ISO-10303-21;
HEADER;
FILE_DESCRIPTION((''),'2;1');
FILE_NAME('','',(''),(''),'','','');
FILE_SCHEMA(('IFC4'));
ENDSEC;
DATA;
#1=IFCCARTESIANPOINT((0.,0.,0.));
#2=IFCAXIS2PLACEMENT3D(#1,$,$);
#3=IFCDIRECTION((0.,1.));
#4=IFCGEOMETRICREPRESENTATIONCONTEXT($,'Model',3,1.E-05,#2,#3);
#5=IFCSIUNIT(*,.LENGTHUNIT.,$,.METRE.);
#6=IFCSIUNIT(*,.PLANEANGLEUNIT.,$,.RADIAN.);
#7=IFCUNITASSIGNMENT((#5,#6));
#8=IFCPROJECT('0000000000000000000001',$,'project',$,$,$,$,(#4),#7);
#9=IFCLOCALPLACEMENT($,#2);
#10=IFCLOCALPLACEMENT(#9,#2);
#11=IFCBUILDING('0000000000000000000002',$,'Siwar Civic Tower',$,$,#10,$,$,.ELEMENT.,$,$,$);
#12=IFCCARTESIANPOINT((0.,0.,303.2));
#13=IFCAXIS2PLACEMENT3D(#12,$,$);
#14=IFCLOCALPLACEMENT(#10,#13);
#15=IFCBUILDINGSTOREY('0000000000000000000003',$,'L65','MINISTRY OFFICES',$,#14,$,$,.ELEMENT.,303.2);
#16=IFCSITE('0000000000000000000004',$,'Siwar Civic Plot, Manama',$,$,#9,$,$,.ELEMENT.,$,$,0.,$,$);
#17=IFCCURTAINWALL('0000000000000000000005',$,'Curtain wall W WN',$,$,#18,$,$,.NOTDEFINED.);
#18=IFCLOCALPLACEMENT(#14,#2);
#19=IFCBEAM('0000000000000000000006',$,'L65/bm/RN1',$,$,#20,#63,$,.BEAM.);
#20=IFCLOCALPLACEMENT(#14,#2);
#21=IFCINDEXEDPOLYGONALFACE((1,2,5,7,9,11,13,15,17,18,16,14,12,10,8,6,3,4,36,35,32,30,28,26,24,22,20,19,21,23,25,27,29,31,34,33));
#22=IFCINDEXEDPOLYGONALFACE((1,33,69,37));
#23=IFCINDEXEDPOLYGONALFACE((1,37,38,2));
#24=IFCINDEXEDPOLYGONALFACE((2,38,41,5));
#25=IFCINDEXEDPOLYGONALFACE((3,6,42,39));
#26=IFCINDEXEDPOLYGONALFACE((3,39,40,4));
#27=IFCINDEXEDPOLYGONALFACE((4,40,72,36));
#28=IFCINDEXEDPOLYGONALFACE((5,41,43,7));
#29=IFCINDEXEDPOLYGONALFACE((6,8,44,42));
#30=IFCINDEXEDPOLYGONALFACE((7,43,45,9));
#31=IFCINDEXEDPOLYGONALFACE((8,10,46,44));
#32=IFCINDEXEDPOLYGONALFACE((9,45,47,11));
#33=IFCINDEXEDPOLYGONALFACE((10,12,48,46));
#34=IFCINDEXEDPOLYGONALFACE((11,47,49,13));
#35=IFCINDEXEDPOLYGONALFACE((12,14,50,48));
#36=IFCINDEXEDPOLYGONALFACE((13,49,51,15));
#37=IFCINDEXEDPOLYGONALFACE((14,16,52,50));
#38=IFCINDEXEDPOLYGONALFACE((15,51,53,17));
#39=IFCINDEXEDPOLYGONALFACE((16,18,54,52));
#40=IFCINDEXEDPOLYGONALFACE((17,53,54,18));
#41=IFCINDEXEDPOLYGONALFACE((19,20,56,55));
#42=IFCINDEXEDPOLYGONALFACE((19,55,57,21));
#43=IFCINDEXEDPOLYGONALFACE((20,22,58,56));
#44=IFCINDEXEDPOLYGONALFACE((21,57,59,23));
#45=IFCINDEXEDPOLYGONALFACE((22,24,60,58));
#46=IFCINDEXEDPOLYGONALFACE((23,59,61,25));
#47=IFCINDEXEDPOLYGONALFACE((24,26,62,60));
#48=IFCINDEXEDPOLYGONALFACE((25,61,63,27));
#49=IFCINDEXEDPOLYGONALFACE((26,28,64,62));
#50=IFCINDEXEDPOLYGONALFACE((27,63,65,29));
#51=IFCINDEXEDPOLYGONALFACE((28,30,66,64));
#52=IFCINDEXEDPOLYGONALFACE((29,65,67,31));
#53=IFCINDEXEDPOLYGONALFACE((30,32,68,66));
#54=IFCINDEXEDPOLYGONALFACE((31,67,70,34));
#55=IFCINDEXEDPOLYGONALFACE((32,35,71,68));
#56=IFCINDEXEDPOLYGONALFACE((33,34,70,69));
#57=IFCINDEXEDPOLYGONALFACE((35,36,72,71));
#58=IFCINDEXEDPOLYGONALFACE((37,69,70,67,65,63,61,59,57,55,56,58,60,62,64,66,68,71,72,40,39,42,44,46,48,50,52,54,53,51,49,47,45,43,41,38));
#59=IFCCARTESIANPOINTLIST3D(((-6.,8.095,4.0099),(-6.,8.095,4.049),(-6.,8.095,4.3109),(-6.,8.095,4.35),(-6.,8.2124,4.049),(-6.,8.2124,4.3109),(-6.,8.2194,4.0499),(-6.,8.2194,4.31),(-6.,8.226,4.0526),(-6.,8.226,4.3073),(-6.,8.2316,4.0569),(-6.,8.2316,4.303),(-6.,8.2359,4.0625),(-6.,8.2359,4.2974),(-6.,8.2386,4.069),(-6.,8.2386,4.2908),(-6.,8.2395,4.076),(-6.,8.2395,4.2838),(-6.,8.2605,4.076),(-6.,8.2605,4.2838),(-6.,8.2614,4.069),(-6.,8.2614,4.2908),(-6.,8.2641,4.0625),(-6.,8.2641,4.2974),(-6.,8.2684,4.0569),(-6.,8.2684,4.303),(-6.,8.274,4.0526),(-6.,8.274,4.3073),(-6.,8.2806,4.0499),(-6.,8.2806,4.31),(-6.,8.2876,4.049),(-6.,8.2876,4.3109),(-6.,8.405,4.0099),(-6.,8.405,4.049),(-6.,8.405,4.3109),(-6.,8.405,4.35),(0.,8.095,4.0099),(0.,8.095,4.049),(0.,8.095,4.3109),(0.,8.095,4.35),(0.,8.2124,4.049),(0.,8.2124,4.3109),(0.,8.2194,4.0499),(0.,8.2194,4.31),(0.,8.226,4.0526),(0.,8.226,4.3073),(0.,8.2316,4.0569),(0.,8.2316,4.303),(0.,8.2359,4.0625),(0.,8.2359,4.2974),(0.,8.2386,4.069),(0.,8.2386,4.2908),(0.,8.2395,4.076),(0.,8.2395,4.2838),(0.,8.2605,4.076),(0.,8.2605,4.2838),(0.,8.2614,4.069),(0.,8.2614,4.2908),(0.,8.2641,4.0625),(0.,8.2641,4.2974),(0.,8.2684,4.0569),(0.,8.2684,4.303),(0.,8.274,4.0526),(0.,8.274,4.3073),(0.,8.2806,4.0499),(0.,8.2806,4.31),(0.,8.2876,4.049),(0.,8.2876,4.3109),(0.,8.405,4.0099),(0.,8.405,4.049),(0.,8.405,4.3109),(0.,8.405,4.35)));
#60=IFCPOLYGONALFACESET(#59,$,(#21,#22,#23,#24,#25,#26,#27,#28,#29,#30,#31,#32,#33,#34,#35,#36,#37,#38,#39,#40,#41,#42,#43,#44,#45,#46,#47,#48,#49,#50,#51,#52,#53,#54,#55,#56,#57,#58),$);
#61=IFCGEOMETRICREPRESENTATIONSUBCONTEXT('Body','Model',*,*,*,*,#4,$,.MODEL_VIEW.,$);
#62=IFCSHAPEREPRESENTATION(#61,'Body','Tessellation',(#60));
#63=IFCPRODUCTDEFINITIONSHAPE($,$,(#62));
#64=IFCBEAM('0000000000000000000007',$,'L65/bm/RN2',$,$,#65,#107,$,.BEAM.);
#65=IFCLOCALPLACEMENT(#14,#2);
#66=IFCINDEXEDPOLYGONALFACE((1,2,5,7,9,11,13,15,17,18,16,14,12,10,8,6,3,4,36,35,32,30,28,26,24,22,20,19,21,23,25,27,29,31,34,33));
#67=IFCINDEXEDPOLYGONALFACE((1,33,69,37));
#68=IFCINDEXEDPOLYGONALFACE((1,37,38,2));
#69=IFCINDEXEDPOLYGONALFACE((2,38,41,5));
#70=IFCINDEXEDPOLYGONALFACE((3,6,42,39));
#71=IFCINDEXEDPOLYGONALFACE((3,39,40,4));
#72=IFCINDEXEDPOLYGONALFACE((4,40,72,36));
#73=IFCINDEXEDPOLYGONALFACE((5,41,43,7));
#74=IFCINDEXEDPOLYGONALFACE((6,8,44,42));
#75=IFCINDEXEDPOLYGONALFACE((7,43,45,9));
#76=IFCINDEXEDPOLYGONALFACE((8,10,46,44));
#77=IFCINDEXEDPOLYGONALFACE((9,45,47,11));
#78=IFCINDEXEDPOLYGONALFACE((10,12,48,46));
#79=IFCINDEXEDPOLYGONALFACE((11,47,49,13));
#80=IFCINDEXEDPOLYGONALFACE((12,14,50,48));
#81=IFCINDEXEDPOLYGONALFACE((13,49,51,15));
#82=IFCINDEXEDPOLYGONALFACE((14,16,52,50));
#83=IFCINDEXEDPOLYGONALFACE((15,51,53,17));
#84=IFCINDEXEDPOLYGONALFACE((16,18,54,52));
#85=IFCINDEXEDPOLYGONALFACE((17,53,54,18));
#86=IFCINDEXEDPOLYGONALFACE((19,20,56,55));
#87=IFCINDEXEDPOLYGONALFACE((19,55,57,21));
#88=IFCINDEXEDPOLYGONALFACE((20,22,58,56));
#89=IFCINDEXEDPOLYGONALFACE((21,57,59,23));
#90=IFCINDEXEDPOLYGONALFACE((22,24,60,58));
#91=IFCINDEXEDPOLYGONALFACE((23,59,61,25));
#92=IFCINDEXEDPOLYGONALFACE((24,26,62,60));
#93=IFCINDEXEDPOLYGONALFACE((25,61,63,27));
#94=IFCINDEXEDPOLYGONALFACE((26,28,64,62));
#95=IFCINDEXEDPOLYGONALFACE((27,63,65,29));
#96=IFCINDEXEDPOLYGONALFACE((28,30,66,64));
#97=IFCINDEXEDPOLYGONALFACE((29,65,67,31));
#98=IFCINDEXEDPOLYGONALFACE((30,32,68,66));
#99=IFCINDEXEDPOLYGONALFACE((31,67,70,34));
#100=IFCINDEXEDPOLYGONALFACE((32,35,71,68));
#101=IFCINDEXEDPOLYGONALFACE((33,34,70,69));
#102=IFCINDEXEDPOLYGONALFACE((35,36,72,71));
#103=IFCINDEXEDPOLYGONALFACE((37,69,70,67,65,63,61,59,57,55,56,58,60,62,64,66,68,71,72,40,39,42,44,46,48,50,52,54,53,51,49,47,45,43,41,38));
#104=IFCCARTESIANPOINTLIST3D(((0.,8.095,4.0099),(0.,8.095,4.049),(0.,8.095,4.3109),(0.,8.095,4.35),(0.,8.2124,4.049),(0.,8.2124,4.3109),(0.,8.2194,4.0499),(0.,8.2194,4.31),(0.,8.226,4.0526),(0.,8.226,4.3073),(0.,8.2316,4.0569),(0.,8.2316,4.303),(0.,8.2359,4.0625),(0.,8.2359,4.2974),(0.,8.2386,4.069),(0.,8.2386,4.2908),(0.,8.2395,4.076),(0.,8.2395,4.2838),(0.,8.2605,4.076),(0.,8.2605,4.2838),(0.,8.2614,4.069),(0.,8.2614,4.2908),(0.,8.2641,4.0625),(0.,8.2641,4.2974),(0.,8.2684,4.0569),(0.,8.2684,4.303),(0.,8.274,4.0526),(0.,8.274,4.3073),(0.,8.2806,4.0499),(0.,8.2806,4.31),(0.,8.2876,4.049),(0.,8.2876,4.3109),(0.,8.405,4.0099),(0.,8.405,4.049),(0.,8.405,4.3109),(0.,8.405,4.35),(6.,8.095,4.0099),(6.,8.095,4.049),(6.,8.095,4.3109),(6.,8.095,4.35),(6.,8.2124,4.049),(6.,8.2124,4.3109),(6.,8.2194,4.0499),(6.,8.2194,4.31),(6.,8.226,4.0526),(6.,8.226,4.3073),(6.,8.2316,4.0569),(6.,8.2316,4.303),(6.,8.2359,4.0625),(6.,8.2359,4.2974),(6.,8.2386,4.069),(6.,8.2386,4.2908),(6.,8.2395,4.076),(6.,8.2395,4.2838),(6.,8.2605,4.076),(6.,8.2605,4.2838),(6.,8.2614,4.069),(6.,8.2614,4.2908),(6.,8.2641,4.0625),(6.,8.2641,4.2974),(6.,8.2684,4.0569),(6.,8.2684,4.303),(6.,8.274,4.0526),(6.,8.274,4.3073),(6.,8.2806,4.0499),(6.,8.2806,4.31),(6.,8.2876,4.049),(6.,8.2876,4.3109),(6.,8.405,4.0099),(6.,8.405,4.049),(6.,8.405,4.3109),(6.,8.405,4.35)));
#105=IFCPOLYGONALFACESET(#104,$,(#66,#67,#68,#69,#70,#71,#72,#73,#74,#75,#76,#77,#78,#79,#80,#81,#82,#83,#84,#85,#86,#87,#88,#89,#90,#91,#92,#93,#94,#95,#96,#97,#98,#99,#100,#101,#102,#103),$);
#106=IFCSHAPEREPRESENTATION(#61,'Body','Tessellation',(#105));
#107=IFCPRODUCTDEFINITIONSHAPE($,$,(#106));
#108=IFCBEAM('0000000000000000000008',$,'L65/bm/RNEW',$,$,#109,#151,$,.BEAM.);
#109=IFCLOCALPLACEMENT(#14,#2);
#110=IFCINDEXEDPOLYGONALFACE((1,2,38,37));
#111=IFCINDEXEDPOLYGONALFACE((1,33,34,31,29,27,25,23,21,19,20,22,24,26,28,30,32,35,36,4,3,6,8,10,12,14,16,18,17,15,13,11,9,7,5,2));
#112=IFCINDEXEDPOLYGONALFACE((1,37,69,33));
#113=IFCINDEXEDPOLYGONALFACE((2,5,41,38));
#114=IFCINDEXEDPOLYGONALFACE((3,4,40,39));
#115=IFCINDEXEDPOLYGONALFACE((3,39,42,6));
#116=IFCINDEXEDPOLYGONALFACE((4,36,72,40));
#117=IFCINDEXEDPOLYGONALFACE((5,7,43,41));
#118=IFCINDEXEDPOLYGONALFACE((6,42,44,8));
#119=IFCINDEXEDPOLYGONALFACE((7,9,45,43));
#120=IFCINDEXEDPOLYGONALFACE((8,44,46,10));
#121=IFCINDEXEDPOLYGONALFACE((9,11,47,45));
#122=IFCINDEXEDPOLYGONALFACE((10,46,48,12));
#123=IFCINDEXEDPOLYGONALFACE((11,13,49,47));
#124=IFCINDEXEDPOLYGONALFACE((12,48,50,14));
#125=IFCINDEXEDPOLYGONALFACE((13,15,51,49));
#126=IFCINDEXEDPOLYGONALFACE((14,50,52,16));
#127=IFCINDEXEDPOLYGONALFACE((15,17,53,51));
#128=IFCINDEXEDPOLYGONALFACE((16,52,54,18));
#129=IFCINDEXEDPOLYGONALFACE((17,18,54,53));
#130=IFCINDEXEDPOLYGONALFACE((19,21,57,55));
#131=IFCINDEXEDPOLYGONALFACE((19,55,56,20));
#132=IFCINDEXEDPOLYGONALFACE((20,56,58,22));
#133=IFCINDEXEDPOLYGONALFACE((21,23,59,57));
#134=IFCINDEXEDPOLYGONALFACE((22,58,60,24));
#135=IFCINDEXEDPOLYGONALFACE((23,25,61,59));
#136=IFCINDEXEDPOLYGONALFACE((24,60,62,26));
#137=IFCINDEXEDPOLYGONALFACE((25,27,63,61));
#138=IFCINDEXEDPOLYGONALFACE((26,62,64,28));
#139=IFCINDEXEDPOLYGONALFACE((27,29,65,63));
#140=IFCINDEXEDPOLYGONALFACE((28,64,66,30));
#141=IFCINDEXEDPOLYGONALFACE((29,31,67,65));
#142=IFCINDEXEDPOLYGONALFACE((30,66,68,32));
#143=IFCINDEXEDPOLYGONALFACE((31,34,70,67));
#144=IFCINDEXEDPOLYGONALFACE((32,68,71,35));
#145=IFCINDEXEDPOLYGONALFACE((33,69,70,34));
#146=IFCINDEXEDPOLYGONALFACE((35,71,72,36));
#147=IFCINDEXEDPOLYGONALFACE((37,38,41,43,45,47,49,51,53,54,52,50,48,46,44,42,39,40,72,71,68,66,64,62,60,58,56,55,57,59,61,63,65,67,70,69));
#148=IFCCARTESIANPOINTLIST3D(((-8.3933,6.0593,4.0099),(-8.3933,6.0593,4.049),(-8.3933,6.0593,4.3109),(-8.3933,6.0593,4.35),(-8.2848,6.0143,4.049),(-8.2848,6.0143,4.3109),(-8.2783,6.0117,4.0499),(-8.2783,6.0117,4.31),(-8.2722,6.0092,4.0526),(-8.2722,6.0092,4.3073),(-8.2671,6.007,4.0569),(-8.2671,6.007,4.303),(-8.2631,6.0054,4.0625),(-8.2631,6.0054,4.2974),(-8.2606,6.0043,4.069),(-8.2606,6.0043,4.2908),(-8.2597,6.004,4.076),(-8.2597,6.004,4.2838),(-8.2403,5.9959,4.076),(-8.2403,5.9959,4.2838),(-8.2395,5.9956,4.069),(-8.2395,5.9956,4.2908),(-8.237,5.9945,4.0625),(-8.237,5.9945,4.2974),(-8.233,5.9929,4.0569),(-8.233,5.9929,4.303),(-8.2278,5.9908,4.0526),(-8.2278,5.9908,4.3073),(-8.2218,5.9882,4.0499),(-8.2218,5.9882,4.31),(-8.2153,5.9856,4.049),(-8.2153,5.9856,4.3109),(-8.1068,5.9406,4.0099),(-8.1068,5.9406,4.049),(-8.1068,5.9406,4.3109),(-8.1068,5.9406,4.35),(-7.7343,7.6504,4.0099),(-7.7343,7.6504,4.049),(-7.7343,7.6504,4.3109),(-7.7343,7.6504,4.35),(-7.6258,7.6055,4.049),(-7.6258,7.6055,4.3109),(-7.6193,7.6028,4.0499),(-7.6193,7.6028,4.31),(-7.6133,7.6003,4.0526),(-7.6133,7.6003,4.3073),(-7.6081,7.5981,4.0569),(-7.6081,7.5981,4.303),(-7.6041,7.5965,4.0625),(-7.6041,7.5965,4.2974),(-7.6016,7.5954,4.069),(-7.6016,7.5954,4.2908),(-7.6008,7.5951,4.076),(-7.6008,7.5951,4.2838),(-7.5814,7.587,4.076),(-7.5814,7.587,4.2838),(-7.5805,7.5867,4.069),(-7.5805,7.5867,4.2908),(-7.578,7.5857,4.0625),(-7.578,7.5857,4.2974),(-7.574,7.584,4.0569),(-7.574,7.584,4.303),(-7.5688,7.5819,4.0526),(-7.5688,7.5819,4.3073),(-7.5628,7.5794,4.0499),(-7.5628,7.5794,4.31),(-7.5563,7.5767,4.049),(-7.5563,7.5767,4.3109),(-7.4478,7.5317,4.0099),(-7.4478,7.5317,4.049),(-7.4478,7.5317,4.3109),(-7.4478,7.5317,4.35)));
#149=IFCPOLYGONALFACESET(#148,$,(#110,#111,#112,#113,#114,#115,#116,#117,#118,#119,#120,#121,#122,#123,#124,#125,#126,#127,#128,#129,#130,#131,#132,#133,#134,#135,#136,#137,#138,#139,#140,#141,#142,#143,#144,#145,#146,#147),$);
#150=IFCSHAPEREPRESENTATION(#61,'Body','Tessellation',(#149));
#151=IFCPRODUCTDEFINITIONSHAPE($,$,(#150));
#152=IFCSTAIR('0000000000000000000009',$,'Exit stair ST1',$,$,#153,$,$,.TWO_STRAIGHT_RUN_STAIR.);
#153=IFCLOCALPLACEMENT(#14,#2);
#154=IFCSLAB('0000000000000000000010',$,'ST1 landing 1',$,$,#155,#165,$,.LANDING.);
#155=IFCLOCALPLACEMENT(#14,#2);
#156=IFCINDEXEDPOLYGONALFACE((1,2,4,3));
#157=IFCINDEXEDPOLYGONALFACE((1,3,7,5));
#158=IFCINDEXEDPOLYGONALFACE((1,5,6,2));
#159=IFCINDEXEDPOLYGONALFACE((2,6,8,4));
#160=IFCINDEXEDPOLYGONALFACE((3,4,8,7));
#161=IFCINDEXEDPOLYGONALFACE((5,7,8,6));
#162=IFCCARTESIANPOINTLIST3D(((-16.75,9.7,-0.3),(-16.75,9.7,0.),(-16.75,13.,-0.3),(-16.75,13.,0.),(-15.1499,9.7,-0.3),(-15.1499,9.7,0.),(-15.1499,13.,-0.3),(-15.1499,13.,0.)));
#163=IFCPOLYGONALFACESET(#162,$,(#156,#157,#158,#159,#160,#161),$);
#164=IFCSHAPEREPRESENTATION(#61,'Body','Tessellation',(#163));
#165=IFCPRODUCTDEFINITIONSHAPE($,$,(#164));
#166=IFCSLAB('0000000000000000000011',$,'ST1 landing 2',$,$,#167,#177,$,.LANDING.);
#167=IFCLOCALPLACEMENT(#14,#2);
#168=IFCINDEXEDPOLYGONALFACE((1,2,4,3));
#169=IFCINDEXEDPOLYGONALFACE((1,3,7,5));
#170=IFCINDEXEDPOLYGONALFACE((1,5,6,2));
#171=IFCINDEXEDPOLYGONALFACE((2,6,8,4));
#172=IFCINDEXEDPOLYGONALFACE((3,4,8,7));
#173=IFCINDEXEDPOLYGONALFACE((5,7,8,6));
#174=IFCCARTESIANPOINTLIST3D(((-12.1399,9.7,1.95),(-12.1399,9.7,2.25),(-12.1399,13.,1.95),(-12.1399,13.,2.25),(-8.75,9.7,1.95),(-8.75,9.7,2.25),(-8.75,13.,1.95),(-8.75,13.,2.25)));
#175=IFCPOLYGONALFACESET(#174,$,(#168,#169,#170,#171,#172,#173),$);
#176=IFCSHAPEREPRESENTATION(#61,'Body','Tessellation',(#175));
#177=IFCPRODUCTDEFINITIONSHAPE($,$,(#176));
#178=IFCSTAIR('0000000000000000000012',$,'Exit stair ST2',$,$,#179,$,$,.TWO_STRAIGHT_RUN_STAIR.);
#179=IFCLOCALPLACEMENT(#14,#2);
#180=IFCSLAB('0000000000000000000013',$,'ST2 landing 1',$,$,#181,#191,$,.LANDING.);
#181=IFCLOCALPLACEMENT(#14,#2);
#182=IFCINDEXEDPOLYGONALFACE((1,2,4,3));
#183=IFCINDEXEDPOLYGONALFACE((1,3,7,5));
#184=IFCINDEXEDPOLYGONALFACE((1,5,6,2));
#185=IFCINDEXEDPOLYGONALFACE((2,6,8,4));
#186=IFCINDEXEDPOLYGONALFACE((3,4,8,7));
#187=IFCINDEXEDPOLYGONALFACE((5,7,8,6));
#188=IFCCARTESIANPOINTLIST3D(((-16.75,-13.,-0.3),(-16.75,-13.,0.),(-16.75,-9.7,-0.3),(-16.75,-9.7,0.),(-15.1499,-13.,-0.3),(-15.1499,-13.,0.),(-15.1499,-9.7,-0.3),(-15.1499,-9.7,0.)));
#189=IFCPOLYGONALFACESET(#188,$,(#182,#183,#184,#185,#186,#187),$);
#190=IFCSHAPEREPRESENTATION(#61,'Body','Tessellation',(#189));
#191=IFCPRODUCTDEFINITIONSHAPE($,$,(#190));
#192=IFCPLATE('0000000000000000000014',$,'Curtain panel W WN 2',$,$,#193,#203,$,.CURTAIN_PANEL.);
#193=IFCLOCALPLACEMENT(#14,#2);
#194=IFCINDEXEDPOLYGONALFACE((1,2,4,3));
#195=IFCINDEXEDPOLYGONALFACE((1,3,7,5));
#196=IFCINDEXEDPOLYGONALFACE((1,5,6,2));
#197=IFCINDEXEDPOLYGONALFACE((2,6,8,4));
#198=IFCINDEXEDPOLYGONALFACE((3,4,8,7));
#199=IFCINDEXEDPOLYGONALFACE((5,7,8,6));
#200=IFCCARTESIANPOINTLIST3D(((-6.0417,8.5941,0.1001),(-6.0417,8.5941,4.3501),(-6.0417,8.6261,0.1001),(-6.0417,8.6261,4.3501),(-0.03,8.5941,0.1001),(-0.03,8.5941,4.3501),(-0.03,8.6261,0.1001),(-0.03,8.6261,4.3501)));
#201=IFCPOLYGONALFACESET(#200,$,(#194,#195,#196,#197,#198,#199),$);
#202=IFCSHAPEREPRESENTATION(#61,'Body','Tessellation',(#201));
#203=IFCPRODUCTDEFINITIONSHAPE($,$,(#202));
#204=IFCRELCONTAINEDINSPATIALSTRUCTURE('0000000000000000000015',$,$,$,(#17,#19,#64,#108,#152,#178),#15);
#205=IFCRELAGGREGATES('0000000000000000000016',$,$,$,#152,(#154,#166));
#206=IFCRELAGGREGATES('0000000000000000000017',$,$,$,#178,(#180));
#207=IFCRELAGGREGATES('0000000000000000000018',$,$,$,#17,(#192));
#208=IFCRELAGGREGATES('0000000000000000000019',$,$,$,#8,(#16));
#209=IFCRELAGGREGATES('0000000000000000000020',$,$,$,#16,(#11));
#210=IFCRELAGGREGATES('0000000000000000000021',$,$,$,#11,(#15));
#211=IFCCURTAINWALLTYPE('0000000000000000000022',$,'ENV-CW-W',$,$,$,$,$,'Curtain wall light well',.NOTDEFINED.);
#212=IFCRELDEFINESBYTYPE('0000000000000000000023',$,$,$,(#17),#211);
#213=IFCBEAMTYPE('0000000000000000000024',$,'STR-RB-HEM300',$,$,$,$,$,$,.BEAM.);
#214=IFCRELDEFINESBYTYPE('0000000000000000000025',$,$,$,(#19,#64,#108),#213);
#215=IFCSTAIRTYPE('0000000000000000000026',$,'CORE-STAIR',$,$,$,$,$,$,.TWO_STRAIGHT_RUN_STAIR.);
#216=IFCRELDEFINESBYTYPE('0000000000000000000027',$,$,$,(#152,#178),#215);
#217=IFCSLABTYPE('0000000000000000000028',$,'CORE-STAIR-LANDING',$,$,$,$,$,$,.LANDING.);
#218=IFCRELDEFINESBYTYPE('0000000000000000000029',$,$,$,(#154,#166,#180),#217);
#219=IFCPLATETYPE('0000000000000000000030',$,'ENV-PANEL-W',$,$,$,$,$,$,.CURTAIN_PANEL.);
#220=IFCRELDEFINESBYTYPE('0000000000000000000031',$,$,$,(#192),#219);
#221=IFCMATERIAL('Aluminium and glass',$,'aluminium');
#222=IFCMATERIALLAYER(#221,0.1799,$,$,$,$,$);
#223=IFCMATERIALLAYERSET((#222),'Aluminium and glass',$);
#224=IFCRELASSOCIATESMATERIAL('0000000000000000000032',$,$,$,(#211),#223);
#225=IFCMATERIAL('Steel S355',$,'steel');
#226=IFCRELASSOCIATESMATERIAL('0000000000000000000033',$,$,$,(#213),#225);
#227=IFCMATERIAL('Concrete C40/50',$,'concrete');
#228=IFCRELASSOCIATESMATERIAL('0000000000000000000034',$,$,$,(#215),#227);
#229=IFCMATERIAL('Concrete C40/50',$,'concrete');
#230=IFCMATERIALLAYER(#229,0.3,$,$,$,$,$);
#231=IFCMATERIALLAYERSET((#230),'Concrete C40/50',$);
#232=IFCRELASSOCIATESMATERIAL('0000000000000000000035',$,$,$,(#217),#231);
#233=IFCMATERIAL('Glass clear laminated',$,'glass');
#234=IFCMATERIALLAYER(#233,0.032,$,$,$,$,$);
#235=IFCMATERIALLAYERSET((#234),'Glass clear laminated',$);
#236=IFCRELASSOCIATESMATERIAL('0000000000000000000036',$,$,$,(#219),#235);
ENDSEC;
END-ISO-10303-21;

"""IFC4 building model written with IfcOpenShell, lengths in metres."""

from ifc_helpers import new_model, si_unit, direction, frame, origin, origin_2d, place, context, subcontext, project, spatial, polyline, rectangle, i_section, outline, extrude, material, layer, layer_set, material_profile, profile_set, type_object, element, aggregate, save


model = new_model("IFC4")

# Units and contexts
model_context = context("Model", 3, precision=1e-05, world=origin(), true_north=direction((0.0, 1.0)))
body_context = subcontext(model_context, "Body", "Model", "MODEL_VIEW")
ifc_project = project(units=[si_unit("LENGTHUNIT", "METRE"), si_unit("PLANEANGLEUNIT", "RADIAN")], contexts=[model_context])

# Site, building, storey
site_placement = place(None, origin())
site = spatial("IfcSite", under=ifc_project, at=site_placement, Name="Siwar Civic Plot, Manama", CompositionType="ELEMENT", RefElevation=0.0)
building_placement = place(site_placement, origin())
building = spatial("IfcBuilding", under=site, at=building_placement, Name="Siwar Civic Tower", CompositionType="ELEMENT")
storey_placement = place(building_placement, frame((0.0, 0.0, 303.2)))
storey = spatial("IfcBuildingStorey", under=building, at=storey_placement, Name="L65", Description="MINISTRY OFFICES", CompositionType="ELEMENT", Elevation=303.2)

# Curtain wall
ifc_material_1 = material(Name="Aluminium and glass", Category="aluminium")
ifc_layer_1 = layer(ifc_material_1, 0.1799)
ifc_layer_set_1 = layer_set([ifc_layer_1], Name="Aluminium and glass")
curtain_wall_type = type_object("IfcCurtainWallType", Name="ENV-CW-W", ElementType="Curtain wall light well", PredefinedType="NOTDEFINED", material=ifc_layer_set_1)
curtain_wall_placement = place(storey_placement, origin())
curtain_wall = element("IfcCurtainWall", 1, at=curtain_wall_placement, inside=storey, type_object=curtain_wall_type, Name="Curtain wall W WN", PredefinedType="NOTDEFINED")

# Beams
ifc_material_2 = material(Name="Steel S355", Category="steel")
ifc_material_profile_1 = material_profile(ifc_material_2, i_section(OverallWidth=0.3101, OverallDepth=0.3401, WebThickness=0.021, FlangeThickness=0.0391, FilletRadius=0.0271, at=origin_2d()), Name="HEM300")
ifc_profile_set_1 = profile_set([ifc_material_profile_1], Name="Steel S355")
beam_type_1 = type_object("IfcBeamType", Name="STR-RB-HEM300", PredefinedType="BEAM", material=ifc_profile_set_1)
for number, where, z_axis, x_axis, name in (
    (2, (-6.0, 8.25, 4.1799), (1.0, 0.0, 0.0), (0.0, 1.0, 0.0), "L65/bm/RN1"),
    (3, (0.0, 8.25, 4.1799), (1.0, 0.0, 0.0), (0.0, 1.0, 0.0), "L65/bm/RN2"),
):
    element("IfcBeam", number, at=place(storey_placement, frame(where, z_axis=z_axis, x_axis=x_axis)), inside=storey, type_object=beam_type_1, Name=name, PredefinedType="BEAM", context=body_context, shape_type="SweptSolid", body=[
        extrude(i_section(OverallWidth=0.3101, OverallDepth=0.3401, WebThickness=0.021, FlangeThickness=0.0391, FilletRadius=0.0271, at=origin_2d()), origin(), (0.0, 0.0, 1.0), 6.0),
    ])
beam_1_placement = place(storey_placement, frame((-7.5911, 7.5911, 4.1799), z_axis=(-0.382631, -0.923901, 0.0), x_axis=(0.923901, -0.382631, 0.0)))
element("IfcBeam", 4, at=beam_1_placement, inside=storey, type_object=beam_type_1, Name="L65/bm/RNEW", PredefinedType="BEAM", context=body_context, shape_type="SweptSolid", body=[
    extrude(i_section(OverallWidth=0.3101, OverallDepth=0.3401, WebThickness=0.021, FlangeThickness=0.0391, FilletRadius=0.0271, at=origin_2d()), origin(), (0.0, 0.0, 1.0), 1.7222),
])

# Stair, slabs
ifc_material_3 = material(Name="Concrete C40/50", Category="concrete")
stair_type = type_object("IfcStairType", Name="CORE-STAIR", PredefinedType="TWO_STRAIGHT_RUN_STAIR", material=ifc_material_3)
stair_1_placement = place(storey_placement, origin())
stair_1 = element("IfcStair", 5, at=stair_1_placement, inside=storey, type_object=stair_type, Name="Exit stair ST1", PredefinedType="TWO_STRAIGHT_RUN_STAIR")
ifc_material_4 = material(Name="Concrete C40/50", Category="concrete")
ifc_layer_2 = layer(ifc_material_4, 0.3)
ifc_layer_set_2 = layer_set([ifc_layer_2], Name="Concrete C40/50")
slab_type_1 = type_object("IfcSlabType", Name="CORE-STAIR-LANDING", PredefinedType="LANDING", material=ifc_layer_set_2)
slab_1_placement = place(storey_placement, frame((0.0, 0.0, -0.3)))
slab_1 = element("IfcSlab", 6, at=slab_1_placement, type_object=slab_type_1, Name="ST1 landing 1", PredefinedType="LANDING", context=body_context, shape_type="SweptSolid", body=[
    extrude(outline(polyline([(-15.1499, 13.0), (-16.75, 13.0), (-16.75, 9.7), (-15.1499, 9.7), (-15.1499, 13.0)])), origin(), (0.0, 0.0, 1.0), 0.3),
])
slab_2_placement = place(storey_placement, frame((0.0, 0.0, 1.95)))
slab_2 = element("IfcSlab", 7, at=slab_2_placement, type_object=slab_type_1, Name="ST1 landing 2", PredefinedType="LANDING", context=body_context, shape_type="SweptSolid", body=[
    extrude(outline(polyline([(-8.75, 13.0), (-12.1399, 13.0), (-12.1399, 9.7), (-8.75, 9.7), (-8.75, 13.0)])), origin(), (0.0, 0.0, 1.0), 0.3),
])
aggregate(stair_1, [slab_1, slab_2])

# Stair, slab
stair_2_placement = place(storey_placement, origin())
stair_2 = element("IfcStair", 8, at=stair_2_placement, inside=storey, type_object=stair_type, Name="Exit stair ST2", PredefinedType="TWO_STRAIGHT_RUN_STAIR")
slab_3_placement = place(storey_placement, frame((0.0, 0.0, -0.3)))
slab_3 = element("IfcSlab", 9, at=slab_3_placement, type_object=slab_type_1, Name="ST2 landing 1", PredefinedType="LANDING", context=body_context, shape_type="SweptSolid", body=[
    extrude(outline(polyline([(-15.1499, -9.7), (-16.75, -9.7), (-16.75, -13.0), (-15.1499, -13.0), (-15.1499, -9.7)])), origin(), (0.0, 0.0, 1.0), 0.3),
])
aggregate(stair_2, [slab_3])

# Plate
ifc_material_5 = material(Name="Glass clear laminated", Category="glass")
ifc_layer_3 = layer(ifc_material_5, 0.032)
ifc_layer_set_3 = layer_set([ifc_layer_3], Name="Glass clear laminated")
plate_type = type_object("IfcPlateType", Name="ENV-PANEL-W", PredefinedType="CURTAIN_PANEL", material=ifc_layer_set_3)
plate_placement = place(storey_placement, frame((-3.0359, 8.6101, 0.1001), z_axis=(0.0, 0.0, 1.0), x_axis=(-1.0, 0.0, 0.0)))
plate = element("IfcPlate", 10, at=plate_placement, type_object=plate_type, Name="Curtain panel W WN 2", PredefinedType="CURTAIN_PANEL", context=body_context, shape_type="SweptSolid", body=[
    extrude(rectangle(XDim=6.0117, YDim=0.032, at=origin_2d()), origin(), (0.0, 0.0, 1.0), 4.25),
])
aggregate(curtain_wall, [plate])

save(model, "model.ifc")
